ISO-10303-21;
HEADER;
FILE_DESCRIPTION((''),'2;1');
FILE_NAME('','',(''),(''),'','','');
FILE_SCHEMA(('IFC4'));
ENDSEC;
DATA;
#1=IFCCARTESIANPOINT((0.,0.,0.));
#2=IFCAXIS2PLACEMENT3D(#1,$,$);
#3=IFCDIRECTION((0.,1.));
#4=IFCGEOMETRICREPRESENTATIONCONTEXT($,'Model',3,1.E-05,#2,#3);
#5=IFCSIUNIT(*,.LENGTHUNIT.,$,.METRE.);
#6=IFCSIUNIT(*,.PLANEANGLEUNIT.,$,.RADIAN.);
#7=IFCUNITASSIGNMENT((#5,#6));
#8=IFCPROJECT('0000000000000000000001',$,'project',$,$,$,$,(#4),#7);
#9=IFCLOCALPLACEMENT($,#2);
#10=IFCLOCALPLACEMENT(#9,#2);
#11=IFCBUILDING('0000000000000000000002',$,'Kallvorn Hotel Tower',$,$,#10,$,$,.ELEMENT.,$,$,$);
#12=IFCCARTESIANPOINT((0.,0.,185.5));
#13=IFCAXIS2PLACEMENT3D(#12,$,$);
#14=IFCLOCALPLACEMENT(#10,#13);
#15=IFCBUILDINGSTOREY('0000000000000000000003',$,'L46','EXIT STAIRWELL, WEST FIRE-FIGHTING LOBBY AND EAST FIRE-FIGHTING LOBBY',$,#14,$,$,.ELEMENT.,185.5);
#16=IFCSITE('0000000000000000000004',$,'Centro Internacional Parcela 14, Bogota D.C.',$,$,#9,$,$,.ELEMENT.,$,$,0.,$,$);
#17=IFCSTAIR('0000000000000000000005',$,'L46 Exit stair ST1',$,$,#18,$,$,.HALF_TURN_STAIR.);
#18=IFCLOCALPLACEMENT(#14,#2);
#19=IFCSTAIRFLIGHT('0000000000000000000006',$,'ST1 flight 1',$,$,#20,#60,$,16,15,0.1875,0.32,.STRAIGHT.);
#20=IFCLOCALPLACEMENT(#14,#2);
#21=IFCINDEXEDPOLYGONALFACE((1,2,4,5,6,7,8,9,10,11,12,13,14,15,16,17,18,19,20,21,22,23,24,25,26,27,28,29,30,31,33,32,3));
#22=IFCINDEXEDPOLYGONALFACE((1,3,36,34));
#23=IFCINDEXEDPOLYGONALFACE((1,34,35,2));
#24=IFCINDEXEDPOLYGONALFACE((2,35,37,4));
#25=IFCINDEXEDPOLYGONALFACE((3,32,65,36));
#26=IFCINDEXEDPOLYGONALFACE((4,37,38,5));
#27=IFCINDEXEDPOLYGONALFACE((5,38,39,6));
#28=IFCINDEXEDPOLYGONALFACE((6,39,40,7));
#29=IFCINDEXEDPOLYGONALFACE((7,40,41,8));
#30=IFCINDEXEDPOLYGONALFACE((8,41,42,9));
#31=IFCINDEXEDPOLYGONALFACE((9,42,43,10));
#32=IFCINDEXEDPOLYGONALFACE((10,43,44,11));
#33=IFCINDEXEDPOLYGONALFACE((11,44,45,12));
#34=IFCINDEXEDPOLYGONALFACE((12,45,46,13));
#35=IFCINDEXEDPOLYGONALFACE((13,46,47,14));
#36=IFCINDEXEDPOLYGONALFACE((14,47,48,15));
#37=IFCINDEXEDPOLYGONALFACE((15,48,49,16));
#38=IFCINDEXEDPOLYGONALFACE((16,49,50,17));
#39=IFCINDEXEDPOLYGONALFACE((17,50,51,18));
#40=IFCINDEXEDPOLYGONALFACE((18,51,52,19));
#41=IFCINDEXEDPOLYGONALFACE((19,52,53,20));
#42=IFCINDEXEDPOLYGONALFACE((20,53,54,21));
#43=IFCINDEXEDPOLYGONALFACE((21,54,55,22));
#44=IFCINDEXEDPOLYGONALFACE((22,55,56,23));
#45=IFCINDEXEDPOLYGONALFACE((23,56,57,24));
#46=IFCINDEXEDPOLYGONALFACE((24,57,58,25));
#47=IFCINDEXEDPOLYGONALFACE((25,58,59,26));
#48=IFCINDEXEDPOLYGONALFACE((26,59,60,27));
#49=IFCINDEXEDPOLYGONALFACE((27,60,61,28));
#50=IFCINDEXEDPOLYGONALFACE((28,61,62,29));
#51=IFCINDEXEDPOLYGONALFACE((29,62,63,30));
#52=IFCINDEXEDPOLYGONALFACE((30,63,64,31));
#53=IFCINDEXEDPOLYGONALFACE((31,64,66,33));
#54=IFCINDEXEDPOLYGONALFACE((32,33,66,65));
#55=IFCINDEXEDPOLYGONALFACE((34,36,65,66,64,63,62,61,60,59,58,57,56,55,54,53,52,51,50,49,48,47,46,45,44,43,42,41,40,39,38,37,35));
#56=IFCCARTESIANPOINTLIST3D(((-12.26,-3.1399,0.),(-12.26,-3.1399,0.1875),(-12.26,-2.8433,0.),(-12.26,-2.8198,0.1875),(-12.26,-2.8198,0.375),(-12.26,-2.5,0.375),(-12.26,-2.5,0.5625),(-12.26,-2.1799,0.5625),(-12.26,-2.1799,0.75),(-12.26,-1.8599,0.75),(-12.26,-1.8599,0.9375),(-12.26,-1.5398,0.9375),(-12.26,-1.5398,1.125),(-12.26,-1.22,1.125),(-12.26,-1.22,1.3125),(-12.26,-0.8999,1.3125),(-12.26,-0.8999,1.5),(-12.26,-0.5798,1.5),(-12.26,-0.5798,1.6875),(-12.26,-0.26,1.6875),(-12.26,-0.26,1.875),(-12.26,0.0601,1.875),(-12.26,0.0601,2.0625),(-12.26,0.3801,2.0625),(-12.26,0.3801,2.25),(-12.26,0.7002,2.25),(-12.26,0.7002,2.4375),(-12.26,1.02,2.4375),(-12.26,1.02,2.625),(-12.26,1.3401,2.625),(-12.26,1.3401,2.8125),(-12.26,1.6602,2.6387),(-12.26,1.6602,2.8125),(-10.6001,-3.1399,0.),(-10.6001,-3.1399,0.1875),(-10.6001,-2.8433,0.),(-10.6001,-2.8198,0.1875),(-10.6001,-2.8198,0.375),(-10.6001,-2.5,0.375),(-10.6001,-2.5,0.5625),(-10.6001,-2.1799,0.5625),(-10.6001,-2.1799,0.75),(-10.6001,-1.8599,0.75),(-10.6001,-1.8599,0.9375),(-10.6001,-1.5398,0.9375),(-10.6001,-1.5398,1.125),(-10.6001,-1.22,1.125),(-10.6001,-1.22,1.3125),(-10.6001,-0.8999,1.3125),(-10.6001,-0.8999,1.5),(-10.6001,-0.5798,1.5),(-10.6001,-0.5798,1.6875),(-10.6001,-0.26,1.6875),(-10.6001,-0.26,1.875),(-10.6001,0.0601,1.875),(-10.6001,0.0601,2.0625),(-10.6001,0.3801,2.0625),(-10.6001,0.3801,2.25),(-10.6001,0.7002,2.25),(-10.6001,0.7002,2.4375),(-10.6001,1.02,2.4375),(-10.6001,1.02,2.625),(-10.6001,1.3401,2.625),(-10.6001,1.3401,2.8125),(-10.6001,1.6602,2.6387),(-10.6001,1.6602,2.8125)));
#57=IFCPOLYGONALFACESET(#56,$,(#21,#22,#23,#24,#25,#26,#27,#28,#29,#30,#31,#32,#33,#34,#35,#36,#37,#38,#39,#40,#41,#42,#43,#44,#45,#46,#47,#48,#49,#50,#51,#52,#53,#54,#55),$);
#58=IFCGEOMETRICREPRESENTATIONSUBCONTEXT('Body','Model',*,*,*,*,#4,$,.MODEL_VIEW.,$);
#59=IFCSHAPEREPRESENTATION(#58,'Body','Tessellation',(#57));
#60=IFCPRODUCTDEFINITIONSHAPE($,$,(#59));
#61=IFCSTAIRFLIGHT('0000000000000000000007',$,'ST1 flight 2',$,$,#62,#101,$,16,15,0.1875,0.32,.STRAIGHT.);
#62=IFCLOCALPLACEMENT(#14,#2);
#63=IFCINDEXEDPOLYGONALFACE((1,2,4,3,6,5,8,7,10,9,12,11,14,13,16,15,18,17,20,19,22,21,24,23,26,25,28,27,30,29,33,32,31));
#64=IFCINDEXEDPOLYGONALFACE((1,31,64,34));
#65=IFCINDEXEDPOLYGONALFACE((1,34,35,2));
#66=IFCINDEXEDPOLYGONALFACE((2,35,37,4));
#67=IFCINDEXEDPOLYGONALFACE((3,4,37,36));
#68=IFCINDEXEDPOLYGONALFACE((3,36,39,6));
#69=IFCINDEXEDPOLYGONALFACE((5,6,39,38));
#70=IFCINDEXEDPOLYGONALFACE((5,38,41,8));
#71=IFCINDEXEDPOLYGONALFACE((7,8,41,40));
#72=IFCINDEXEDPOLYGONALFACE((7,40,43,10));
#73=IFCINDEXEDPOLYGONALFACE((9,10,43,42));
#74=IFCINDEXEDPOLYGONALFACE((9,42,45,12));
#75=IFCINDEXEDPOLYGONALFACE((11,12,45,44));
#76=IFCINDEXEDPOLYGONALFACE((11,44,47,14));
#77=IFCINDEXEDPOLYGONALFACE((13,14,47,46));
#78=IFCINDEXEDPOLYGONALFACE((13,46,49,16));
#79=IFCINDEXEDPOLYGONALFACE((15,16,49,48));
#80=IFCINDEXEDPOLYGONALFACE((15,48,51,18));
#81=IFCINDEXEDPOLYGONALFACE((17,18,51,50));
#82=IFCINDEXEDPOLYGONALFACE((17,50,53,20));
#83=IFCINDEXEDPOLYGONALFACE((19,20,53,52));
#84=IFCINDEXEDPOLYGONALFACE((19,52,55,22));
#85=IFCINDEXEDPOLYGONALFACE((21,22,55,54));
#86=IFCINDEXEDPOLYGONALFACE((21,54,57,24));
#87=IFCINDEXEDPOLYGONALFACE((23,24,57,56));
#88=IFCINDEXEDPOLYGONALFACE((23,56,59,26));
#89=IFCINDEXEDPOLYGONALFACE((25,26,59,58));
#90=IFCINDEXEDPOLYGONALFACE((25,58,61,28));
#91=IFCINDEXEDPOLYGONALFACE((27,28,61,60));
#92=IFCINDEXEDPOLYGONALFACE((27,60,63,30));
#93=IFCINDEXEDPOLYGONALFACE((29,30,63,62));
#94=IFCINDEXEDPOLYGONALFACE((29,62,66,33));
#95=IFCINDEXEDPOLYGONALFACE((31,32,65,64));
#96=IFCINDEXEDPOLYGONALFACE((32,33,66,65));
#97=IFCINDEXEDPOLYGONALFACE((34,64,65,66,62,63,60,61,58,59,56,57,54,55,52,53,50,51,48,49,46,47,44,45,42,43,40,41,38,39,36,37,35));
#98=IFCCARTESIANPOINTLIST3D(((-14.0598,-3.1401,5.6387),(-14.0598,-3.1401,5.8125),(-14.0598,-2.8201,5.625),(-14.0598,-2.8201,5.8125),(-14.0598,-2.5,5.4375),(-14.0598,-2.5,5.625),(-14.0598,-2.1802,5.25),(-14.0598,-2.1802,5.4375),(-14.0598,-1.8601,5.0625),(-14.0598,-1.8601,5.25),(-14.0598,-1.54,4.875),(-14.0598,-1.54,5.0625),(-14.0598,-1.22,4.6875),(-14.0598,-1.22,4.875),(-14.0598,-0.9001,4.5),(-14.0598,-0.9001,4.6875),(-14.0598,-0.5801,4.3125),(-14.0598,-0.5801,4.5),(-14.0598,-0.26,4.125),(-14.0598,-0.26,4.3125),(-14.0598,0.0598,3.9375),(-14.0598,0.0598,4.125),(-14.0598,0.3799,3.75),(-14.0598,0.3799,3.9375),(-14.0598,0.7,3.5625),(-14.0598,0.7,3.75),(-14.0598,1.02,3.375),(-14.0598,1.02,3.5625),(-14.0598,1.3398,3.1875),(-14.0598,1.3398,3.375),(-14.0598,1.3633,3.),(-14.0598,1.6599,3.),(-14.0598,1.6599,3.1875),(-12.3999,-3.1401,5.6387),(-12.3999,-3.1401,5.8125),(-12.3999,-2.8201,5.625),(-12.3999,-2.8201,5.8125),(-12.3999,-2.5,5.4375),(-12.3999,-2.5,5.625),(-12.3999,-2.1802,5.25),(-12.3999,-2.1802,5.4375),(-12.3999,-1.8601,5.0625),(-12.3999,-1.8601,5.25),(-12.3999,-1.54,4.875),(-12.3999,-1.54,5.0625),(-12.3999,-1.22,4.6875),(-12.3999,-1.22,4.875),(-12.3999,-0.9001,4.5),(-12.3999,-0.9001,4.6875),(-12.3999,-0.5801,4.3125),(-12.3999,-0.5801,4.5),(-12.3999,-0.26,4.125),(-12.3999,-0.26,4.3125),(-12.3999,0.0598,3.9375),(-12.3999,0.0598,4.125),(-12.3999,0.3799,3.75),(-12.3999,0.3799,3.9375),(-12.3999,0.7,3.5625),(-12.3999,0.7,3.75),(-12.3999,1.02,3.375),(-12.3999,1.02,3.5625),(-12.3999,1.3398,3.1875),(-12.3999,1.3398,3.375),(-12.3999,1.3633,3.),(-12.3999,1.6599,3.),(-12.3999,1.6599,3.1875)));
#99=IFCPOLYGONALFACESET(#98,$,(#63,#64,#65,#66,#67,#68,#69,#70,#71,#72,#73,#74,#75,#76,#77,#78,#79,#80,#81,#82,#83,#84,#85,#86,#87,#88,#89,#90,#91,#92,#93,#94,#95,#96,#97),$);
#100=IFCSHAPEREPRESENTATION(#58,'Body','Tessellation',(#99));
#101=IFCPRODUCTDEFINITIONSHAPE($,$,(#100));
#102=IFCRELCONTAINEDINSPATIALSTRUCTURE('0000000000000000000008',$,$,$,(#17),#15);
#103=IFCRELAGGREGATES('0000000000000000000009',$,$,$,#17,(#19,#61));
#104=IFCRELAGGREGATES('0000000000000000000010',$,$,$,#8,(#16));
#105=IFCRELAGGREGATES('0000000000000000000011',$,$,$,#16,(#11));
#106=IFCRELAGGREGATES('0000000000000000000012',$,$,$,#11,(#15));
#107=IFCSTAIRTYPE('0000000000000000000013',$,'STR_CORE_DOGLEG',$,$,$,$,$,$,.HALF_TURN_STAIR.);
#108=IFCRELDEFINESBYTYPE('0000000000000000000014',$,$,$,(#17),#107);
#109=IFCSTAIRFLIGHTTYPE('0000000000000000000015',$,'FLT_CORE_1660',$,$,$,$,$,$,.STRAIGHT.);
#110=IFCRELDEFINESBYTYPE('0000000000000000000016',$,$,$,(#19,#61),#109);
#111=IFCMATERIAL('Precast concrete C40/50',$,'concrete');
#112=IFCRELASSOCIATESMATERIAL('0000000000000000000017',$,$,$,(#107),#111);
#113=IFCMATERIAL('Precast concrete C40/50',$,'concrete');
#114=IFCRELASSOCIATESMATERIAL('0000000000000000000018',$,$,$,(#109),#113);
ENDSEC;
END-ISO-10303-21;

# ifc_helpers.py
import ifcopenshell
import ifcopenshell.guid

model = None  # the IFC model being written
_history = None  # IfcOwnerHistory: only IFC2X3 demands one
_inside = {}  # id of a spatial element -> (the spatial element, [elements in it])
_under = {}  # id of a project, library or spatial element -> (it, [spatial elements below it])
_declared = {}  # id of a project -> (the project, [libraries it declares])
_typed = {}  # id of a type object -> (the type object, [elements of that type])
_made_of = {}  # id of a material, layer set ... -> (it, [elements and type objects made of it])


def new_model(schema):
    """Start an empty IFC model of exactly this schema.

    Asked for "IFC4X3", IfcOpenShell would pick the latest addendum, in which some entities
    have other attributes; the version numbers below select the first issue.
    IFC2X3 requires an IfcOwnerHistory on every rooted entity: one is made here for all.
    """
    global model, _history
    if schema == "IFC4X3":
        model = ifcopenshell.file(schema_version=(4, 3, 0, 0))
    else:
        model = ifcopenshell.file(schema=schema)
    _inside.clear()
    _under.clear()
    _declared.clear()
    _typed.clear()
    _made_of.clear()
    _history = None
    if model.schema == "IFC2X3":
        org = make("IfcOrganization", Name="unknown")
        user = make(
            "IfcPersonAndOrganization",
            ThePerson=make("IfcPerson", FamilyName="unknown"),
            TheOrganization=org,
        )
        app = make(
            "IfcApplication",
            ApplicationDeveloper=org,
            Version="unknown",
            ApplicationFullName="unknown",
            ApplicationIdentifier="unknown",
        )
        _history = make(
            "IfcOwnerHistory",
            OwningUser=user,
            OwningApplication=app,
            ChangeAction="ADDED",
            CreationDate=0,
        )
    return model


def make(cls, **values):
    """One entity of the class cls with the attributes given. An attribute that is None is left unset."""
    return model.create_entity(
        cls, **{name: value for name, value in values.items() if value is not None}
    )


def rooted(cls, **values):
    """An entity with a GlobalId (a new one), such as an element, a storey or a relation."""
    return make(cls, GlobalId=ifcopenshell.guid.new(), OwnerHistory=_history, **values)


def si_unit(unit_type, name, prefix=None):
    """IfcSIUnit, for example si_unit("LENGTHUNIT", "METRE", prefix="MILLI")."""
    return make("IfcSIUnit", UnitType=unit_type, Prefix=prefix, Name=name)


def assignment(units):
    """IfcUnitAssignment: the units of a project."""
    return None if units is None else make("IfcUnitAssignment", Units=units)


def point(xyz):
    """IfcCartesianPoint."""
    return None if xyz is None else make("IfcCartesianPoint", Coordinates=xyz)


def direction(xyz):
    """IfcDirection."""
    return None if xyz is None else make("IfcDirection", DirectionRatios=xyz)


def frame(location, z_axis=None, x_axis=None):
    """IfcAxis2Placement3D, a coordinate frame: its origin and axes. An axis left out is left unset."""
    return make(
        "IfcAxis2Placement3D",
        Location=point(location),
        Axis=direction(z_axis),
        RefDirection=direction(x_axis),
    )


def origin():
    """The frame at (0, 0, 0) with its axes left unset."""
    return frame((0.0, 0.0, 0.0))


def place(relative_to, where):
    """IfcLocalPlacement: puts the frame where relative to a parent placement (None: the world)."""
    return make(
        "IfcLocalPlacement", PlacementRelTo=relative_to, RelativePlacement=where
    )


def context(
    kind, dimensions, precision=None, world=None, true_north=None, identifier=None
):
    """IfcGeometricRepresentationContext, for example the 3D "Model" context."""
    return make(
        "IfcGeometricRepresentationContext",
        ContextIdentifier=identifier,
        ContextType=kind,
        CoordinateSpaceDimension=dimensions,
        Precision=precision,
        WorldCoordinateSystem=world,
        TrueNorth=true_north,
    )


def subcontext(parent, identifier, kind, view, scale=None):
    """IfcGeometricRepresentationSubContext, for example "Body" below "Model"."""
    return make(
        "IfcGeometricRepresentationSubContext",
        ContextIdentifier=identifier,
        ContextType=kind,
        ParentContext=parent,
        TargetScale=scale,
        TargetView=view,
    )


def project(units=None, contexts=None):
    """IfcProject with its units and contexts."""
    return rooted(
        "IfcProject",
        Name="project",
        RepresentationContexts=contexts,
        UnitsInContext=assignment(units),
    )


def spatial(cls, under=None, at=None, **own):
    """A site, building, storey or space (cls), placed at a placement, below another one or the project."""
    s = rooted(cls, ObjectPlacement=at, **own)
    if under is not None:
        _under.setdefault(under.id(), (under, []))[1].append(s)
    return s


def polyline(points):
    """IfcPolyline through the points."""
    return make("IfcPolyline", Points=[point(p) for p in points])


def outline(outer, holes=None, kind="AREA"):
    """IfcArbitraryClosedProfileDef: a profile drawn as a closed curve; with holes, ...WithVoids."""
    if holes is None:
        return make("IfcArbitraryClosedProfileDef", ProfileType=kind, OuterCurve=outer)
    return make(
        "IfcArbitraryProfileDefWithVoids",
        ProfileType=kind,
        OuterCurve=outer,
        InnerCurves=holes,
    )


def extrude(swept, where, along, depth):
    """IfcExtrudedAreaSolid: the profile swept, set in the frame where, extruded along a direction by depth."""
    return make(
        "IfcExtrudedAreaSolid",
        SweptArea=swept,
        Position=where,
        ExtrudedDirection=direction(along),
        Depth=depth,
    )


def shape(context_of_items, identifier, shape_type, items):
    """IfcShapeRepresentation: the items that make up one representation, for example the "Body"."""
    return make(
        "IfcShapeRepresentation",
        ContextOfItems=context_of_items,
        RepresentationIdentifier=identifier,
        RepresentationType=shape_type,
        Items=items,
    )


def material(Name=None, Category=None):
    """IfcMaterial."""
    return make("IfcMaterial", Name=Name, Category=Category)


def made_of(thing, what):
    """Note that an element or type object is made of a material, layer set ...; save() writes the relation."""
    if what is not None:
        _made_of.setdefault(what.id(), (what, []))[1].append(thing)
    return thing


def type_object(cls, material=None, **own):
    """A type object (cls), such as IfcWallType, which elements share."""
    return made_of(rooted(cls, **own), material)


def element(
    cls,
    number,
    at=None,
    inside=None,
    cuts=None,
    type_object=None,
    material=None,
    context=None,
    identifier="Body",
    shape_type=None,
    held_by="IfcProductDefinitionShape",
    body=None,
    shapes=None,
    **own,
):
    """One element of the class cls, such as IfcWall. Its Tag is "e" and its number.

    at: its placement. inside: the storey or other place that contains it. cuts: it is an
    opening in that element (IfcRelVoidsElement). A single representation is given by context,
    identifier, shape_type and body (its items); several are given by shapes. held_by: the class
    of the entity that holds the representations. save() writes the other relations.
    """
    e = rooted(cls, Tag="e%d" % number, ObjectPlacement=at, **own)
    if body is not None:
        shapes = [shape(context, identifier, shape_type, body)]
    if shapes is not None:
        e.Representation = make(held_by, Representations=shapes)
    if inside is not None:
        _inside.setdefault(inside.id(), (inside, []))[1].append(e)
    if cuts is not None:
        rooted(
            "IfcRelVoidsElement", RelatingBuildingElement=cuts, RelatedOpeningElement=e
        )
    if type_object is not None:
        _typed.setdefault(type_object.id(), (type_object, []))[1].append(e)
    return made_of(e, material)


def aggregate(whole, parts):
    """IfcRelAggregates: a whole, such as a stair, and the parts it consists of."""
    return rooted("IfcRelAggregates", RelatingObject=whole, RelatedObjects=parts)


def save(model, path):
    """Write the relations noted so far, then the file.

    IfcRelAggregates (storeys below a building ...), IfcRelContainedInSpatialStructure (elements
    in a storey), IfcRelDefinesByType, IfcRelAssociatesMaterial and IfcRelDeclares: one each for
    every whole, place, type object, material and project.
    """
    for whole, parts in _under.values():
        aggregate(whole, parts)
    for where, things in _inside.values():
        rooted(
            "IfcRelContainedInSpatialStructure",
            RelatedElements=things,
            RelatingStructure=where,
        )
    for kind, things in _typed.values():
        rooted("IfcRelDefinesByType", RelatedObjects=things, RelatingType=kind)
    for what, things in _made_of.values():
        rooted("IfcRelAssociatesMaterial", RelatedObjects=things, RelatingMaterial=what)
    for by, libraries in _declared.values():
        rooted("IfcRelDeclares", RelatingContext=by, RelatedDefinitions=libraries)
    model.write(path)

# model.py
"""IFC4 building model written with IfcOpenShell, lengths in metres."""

from ifc_helpers import new_model, si_unit, direction, frame, origin, place, context, subcontext, project, spatial, polyline, outline, extrude, material, type_object, element, aggregate, save


model = new_model("IFC4")

# Units and contexts
model_context = context("Model", 3, precision=1e-05, world=origin(), true_north=direction((0.0, 1.0)))
body_context = subcontext(model_context, "Body", "Model", "MODEL_VIEW")
ifc_project = project(units=[si_unit("LENGTHUNIT", "METRE"), si_unit("PLANEANGLEUNIT", "RADIAN")], contexts=[model_context])

# Site, building, storey
site_placement = place(None, origin())
site = spatial("IfcSite", under=ifc_project, at=site_placement, Name="Centro Internacional Parcela 14, Bogota D.C.", CompositionType="ELEMENT", RefElevation=0.0)
building_placement = place(site_placement, origin())
building = spatial("IfcBuilding", under=site, at=building_placement, Name="Kallvorn Hotel Tower", CompositionType="ELEMENT")
storey_placement = place(building_placement, frame((0.0, 0.0, 185.5)))
storey = spatial("IfcBuildingStorey", under=building, at=storey_placement, Name="L46", Description="EXIT STAIRWELL, WEST FIRE-FIGHTING LOBBY AND EAST FIRE-FIGHTING LOBBY", CompositionType="ELEMENT", Elevation=185.5)

# Stair, stair flights
ifc_material_1 = material(Name="Precast concrete C40/50", Category="concrete")
stair_type = type_object("IfcStairType", Name="STR_CORE_DOGLEG", PredefinedType="HALF_TURN_STAIR", material=ifc_material_1)
stair_placement = place(storey_placement, origin())
stair = element("IfcStair", 1, at=stair_placement, inside=storey, type_object=stair_type, Name="L46 Exit stair ST1", PredefinedType="HALF_TURN_STAIR")
ifc_material_2 = material(Name="Precast concrete C40/50", Category="concrete")
stair_flight_type = type_object("IfcStairFlightType", Name="FLT_CORE_1660", PredefinedType="STRAIGHT", material=ifc_material_2)
stair_flight_1_placement = place(storey_placement, frame((-11.4299, -3.1399, 0.0), z_axis=(0.0, 0.0, 1.0), x_axis=(0.0, 1.0, 0.0)))
stair_flight_1 = element("IfcStairFlight", 2, at=stair_flight_1_placement, type_object=stair_flight_type, Name="ST1 flight 1", NumberOfRisers=16, NumberOfTreads=15, PredefinedType="STRAIGHT", RiserHeight=0.1875, TreadLength=0.32, context=body_context, shape_type="SweptSolid", body=[
    extrude(outline(polyline([(0.0, 0.0), (0.0, 0.1875), (0.3201, 0.1875), (0.3201, 0.375), (0.6399, 0.375), (0.6399, 0.5625), (0.96, 0.5625), (0.96, 0.75), (1.28, 0.75), (1.28, 0.9375), (1.6001, 0.9375), (1.6001, 1.125), (1.9199, 1.125), (1.9199, 1.3125), (2.24, 1.3125), (2.24, 1.5), (2.5601, 1.5), (2.5601, 1.6875), (2.8799, 1.6875), (2.8799, 1.875), (3.2, 1.875), (3.2, 2.0625), (3.52, 2.0625), (3.52, 2.25), (3.8401, 2.25), (3.8401, 2.4375), (4.1599, 2.4375), (4.1599, 2.625), (4.48, 2.625), (4.48, 2.8125), (4.8, 2.8125), (4.8, 3.0), (4.8, 2.6387), (0.2966, 0.0), (0.0, 0.0)])), frame((0.0, 0.8301, 0.0), z_axis=(0.0, -1.0, 0.0), x_axis=(1.0, 0.0, 0.0)), (0.0, 0.0, 1.0), 1.6599),
])
stair_flight_2_placement = place(storey_placement, frame((-13.23, 1.6599, 3.0), z_axis=(0.0, 0.0, 1.0), x_axis=(0.0, -1.0, 0.0)))
stair_flight_2 = element("IfcStairFlight", 3, at=stair_flight_2_placement, type_object=stair_flight_type, Name="ST1 flight 2", NumberOfRisers=16, NumberOfTreads=15, PredefinedType="STRAIGHT", RiserHeight=0.1875, TreadLength=0.32, context=body_context, shape_type="SweptSolid", body=[
    extrude(outline(polyline([(0.0, 0.0), (0.0, 0.1875), (0.3201, 0.1875), (0.3201, 0.375), (0.6399, 0.375), (0.6399, 0.5625), (0.96, 0.5625), (0.96, 0.75), (1.28, 0.75), (1.28, 0.9375), (1.6001, 0.9375), (1.6001, 1.125), (1.9199, 1.125), (1.9199, 1.3125), (2.24, 1.3125), (2.24, 1.5), (2.5601, 1.5), (2.5601, 1.6875), (2.8799, 1.6875), (2.8799, 1.875), (3.2, 1.875), (3.2, 2.0625), (3.52, 2.0625), (3.52, 2.25), (3.8401, 2.25), (3.8401, 2.4375), (4.1599, 2.4375), (4.1599, 2.625), (4.48, 2.625), (4.48, 2.8125), (4.8, 2.8125), (4.8, 3.0), (4.8, 2.6387), (0.2966, 0.0), (0.0, 0.0)])), frame((0.0, 0.8301, 0.0), z_axis=(0.0, -1.0, 0.0), x_axis=(1.0, 0.0, 0.0)), (0.0, 0.0, 1.0), 1.6599),
])
aggregate(stair, [stair_flight_1, stair_flight_2])

save(model, "model.ifc")
